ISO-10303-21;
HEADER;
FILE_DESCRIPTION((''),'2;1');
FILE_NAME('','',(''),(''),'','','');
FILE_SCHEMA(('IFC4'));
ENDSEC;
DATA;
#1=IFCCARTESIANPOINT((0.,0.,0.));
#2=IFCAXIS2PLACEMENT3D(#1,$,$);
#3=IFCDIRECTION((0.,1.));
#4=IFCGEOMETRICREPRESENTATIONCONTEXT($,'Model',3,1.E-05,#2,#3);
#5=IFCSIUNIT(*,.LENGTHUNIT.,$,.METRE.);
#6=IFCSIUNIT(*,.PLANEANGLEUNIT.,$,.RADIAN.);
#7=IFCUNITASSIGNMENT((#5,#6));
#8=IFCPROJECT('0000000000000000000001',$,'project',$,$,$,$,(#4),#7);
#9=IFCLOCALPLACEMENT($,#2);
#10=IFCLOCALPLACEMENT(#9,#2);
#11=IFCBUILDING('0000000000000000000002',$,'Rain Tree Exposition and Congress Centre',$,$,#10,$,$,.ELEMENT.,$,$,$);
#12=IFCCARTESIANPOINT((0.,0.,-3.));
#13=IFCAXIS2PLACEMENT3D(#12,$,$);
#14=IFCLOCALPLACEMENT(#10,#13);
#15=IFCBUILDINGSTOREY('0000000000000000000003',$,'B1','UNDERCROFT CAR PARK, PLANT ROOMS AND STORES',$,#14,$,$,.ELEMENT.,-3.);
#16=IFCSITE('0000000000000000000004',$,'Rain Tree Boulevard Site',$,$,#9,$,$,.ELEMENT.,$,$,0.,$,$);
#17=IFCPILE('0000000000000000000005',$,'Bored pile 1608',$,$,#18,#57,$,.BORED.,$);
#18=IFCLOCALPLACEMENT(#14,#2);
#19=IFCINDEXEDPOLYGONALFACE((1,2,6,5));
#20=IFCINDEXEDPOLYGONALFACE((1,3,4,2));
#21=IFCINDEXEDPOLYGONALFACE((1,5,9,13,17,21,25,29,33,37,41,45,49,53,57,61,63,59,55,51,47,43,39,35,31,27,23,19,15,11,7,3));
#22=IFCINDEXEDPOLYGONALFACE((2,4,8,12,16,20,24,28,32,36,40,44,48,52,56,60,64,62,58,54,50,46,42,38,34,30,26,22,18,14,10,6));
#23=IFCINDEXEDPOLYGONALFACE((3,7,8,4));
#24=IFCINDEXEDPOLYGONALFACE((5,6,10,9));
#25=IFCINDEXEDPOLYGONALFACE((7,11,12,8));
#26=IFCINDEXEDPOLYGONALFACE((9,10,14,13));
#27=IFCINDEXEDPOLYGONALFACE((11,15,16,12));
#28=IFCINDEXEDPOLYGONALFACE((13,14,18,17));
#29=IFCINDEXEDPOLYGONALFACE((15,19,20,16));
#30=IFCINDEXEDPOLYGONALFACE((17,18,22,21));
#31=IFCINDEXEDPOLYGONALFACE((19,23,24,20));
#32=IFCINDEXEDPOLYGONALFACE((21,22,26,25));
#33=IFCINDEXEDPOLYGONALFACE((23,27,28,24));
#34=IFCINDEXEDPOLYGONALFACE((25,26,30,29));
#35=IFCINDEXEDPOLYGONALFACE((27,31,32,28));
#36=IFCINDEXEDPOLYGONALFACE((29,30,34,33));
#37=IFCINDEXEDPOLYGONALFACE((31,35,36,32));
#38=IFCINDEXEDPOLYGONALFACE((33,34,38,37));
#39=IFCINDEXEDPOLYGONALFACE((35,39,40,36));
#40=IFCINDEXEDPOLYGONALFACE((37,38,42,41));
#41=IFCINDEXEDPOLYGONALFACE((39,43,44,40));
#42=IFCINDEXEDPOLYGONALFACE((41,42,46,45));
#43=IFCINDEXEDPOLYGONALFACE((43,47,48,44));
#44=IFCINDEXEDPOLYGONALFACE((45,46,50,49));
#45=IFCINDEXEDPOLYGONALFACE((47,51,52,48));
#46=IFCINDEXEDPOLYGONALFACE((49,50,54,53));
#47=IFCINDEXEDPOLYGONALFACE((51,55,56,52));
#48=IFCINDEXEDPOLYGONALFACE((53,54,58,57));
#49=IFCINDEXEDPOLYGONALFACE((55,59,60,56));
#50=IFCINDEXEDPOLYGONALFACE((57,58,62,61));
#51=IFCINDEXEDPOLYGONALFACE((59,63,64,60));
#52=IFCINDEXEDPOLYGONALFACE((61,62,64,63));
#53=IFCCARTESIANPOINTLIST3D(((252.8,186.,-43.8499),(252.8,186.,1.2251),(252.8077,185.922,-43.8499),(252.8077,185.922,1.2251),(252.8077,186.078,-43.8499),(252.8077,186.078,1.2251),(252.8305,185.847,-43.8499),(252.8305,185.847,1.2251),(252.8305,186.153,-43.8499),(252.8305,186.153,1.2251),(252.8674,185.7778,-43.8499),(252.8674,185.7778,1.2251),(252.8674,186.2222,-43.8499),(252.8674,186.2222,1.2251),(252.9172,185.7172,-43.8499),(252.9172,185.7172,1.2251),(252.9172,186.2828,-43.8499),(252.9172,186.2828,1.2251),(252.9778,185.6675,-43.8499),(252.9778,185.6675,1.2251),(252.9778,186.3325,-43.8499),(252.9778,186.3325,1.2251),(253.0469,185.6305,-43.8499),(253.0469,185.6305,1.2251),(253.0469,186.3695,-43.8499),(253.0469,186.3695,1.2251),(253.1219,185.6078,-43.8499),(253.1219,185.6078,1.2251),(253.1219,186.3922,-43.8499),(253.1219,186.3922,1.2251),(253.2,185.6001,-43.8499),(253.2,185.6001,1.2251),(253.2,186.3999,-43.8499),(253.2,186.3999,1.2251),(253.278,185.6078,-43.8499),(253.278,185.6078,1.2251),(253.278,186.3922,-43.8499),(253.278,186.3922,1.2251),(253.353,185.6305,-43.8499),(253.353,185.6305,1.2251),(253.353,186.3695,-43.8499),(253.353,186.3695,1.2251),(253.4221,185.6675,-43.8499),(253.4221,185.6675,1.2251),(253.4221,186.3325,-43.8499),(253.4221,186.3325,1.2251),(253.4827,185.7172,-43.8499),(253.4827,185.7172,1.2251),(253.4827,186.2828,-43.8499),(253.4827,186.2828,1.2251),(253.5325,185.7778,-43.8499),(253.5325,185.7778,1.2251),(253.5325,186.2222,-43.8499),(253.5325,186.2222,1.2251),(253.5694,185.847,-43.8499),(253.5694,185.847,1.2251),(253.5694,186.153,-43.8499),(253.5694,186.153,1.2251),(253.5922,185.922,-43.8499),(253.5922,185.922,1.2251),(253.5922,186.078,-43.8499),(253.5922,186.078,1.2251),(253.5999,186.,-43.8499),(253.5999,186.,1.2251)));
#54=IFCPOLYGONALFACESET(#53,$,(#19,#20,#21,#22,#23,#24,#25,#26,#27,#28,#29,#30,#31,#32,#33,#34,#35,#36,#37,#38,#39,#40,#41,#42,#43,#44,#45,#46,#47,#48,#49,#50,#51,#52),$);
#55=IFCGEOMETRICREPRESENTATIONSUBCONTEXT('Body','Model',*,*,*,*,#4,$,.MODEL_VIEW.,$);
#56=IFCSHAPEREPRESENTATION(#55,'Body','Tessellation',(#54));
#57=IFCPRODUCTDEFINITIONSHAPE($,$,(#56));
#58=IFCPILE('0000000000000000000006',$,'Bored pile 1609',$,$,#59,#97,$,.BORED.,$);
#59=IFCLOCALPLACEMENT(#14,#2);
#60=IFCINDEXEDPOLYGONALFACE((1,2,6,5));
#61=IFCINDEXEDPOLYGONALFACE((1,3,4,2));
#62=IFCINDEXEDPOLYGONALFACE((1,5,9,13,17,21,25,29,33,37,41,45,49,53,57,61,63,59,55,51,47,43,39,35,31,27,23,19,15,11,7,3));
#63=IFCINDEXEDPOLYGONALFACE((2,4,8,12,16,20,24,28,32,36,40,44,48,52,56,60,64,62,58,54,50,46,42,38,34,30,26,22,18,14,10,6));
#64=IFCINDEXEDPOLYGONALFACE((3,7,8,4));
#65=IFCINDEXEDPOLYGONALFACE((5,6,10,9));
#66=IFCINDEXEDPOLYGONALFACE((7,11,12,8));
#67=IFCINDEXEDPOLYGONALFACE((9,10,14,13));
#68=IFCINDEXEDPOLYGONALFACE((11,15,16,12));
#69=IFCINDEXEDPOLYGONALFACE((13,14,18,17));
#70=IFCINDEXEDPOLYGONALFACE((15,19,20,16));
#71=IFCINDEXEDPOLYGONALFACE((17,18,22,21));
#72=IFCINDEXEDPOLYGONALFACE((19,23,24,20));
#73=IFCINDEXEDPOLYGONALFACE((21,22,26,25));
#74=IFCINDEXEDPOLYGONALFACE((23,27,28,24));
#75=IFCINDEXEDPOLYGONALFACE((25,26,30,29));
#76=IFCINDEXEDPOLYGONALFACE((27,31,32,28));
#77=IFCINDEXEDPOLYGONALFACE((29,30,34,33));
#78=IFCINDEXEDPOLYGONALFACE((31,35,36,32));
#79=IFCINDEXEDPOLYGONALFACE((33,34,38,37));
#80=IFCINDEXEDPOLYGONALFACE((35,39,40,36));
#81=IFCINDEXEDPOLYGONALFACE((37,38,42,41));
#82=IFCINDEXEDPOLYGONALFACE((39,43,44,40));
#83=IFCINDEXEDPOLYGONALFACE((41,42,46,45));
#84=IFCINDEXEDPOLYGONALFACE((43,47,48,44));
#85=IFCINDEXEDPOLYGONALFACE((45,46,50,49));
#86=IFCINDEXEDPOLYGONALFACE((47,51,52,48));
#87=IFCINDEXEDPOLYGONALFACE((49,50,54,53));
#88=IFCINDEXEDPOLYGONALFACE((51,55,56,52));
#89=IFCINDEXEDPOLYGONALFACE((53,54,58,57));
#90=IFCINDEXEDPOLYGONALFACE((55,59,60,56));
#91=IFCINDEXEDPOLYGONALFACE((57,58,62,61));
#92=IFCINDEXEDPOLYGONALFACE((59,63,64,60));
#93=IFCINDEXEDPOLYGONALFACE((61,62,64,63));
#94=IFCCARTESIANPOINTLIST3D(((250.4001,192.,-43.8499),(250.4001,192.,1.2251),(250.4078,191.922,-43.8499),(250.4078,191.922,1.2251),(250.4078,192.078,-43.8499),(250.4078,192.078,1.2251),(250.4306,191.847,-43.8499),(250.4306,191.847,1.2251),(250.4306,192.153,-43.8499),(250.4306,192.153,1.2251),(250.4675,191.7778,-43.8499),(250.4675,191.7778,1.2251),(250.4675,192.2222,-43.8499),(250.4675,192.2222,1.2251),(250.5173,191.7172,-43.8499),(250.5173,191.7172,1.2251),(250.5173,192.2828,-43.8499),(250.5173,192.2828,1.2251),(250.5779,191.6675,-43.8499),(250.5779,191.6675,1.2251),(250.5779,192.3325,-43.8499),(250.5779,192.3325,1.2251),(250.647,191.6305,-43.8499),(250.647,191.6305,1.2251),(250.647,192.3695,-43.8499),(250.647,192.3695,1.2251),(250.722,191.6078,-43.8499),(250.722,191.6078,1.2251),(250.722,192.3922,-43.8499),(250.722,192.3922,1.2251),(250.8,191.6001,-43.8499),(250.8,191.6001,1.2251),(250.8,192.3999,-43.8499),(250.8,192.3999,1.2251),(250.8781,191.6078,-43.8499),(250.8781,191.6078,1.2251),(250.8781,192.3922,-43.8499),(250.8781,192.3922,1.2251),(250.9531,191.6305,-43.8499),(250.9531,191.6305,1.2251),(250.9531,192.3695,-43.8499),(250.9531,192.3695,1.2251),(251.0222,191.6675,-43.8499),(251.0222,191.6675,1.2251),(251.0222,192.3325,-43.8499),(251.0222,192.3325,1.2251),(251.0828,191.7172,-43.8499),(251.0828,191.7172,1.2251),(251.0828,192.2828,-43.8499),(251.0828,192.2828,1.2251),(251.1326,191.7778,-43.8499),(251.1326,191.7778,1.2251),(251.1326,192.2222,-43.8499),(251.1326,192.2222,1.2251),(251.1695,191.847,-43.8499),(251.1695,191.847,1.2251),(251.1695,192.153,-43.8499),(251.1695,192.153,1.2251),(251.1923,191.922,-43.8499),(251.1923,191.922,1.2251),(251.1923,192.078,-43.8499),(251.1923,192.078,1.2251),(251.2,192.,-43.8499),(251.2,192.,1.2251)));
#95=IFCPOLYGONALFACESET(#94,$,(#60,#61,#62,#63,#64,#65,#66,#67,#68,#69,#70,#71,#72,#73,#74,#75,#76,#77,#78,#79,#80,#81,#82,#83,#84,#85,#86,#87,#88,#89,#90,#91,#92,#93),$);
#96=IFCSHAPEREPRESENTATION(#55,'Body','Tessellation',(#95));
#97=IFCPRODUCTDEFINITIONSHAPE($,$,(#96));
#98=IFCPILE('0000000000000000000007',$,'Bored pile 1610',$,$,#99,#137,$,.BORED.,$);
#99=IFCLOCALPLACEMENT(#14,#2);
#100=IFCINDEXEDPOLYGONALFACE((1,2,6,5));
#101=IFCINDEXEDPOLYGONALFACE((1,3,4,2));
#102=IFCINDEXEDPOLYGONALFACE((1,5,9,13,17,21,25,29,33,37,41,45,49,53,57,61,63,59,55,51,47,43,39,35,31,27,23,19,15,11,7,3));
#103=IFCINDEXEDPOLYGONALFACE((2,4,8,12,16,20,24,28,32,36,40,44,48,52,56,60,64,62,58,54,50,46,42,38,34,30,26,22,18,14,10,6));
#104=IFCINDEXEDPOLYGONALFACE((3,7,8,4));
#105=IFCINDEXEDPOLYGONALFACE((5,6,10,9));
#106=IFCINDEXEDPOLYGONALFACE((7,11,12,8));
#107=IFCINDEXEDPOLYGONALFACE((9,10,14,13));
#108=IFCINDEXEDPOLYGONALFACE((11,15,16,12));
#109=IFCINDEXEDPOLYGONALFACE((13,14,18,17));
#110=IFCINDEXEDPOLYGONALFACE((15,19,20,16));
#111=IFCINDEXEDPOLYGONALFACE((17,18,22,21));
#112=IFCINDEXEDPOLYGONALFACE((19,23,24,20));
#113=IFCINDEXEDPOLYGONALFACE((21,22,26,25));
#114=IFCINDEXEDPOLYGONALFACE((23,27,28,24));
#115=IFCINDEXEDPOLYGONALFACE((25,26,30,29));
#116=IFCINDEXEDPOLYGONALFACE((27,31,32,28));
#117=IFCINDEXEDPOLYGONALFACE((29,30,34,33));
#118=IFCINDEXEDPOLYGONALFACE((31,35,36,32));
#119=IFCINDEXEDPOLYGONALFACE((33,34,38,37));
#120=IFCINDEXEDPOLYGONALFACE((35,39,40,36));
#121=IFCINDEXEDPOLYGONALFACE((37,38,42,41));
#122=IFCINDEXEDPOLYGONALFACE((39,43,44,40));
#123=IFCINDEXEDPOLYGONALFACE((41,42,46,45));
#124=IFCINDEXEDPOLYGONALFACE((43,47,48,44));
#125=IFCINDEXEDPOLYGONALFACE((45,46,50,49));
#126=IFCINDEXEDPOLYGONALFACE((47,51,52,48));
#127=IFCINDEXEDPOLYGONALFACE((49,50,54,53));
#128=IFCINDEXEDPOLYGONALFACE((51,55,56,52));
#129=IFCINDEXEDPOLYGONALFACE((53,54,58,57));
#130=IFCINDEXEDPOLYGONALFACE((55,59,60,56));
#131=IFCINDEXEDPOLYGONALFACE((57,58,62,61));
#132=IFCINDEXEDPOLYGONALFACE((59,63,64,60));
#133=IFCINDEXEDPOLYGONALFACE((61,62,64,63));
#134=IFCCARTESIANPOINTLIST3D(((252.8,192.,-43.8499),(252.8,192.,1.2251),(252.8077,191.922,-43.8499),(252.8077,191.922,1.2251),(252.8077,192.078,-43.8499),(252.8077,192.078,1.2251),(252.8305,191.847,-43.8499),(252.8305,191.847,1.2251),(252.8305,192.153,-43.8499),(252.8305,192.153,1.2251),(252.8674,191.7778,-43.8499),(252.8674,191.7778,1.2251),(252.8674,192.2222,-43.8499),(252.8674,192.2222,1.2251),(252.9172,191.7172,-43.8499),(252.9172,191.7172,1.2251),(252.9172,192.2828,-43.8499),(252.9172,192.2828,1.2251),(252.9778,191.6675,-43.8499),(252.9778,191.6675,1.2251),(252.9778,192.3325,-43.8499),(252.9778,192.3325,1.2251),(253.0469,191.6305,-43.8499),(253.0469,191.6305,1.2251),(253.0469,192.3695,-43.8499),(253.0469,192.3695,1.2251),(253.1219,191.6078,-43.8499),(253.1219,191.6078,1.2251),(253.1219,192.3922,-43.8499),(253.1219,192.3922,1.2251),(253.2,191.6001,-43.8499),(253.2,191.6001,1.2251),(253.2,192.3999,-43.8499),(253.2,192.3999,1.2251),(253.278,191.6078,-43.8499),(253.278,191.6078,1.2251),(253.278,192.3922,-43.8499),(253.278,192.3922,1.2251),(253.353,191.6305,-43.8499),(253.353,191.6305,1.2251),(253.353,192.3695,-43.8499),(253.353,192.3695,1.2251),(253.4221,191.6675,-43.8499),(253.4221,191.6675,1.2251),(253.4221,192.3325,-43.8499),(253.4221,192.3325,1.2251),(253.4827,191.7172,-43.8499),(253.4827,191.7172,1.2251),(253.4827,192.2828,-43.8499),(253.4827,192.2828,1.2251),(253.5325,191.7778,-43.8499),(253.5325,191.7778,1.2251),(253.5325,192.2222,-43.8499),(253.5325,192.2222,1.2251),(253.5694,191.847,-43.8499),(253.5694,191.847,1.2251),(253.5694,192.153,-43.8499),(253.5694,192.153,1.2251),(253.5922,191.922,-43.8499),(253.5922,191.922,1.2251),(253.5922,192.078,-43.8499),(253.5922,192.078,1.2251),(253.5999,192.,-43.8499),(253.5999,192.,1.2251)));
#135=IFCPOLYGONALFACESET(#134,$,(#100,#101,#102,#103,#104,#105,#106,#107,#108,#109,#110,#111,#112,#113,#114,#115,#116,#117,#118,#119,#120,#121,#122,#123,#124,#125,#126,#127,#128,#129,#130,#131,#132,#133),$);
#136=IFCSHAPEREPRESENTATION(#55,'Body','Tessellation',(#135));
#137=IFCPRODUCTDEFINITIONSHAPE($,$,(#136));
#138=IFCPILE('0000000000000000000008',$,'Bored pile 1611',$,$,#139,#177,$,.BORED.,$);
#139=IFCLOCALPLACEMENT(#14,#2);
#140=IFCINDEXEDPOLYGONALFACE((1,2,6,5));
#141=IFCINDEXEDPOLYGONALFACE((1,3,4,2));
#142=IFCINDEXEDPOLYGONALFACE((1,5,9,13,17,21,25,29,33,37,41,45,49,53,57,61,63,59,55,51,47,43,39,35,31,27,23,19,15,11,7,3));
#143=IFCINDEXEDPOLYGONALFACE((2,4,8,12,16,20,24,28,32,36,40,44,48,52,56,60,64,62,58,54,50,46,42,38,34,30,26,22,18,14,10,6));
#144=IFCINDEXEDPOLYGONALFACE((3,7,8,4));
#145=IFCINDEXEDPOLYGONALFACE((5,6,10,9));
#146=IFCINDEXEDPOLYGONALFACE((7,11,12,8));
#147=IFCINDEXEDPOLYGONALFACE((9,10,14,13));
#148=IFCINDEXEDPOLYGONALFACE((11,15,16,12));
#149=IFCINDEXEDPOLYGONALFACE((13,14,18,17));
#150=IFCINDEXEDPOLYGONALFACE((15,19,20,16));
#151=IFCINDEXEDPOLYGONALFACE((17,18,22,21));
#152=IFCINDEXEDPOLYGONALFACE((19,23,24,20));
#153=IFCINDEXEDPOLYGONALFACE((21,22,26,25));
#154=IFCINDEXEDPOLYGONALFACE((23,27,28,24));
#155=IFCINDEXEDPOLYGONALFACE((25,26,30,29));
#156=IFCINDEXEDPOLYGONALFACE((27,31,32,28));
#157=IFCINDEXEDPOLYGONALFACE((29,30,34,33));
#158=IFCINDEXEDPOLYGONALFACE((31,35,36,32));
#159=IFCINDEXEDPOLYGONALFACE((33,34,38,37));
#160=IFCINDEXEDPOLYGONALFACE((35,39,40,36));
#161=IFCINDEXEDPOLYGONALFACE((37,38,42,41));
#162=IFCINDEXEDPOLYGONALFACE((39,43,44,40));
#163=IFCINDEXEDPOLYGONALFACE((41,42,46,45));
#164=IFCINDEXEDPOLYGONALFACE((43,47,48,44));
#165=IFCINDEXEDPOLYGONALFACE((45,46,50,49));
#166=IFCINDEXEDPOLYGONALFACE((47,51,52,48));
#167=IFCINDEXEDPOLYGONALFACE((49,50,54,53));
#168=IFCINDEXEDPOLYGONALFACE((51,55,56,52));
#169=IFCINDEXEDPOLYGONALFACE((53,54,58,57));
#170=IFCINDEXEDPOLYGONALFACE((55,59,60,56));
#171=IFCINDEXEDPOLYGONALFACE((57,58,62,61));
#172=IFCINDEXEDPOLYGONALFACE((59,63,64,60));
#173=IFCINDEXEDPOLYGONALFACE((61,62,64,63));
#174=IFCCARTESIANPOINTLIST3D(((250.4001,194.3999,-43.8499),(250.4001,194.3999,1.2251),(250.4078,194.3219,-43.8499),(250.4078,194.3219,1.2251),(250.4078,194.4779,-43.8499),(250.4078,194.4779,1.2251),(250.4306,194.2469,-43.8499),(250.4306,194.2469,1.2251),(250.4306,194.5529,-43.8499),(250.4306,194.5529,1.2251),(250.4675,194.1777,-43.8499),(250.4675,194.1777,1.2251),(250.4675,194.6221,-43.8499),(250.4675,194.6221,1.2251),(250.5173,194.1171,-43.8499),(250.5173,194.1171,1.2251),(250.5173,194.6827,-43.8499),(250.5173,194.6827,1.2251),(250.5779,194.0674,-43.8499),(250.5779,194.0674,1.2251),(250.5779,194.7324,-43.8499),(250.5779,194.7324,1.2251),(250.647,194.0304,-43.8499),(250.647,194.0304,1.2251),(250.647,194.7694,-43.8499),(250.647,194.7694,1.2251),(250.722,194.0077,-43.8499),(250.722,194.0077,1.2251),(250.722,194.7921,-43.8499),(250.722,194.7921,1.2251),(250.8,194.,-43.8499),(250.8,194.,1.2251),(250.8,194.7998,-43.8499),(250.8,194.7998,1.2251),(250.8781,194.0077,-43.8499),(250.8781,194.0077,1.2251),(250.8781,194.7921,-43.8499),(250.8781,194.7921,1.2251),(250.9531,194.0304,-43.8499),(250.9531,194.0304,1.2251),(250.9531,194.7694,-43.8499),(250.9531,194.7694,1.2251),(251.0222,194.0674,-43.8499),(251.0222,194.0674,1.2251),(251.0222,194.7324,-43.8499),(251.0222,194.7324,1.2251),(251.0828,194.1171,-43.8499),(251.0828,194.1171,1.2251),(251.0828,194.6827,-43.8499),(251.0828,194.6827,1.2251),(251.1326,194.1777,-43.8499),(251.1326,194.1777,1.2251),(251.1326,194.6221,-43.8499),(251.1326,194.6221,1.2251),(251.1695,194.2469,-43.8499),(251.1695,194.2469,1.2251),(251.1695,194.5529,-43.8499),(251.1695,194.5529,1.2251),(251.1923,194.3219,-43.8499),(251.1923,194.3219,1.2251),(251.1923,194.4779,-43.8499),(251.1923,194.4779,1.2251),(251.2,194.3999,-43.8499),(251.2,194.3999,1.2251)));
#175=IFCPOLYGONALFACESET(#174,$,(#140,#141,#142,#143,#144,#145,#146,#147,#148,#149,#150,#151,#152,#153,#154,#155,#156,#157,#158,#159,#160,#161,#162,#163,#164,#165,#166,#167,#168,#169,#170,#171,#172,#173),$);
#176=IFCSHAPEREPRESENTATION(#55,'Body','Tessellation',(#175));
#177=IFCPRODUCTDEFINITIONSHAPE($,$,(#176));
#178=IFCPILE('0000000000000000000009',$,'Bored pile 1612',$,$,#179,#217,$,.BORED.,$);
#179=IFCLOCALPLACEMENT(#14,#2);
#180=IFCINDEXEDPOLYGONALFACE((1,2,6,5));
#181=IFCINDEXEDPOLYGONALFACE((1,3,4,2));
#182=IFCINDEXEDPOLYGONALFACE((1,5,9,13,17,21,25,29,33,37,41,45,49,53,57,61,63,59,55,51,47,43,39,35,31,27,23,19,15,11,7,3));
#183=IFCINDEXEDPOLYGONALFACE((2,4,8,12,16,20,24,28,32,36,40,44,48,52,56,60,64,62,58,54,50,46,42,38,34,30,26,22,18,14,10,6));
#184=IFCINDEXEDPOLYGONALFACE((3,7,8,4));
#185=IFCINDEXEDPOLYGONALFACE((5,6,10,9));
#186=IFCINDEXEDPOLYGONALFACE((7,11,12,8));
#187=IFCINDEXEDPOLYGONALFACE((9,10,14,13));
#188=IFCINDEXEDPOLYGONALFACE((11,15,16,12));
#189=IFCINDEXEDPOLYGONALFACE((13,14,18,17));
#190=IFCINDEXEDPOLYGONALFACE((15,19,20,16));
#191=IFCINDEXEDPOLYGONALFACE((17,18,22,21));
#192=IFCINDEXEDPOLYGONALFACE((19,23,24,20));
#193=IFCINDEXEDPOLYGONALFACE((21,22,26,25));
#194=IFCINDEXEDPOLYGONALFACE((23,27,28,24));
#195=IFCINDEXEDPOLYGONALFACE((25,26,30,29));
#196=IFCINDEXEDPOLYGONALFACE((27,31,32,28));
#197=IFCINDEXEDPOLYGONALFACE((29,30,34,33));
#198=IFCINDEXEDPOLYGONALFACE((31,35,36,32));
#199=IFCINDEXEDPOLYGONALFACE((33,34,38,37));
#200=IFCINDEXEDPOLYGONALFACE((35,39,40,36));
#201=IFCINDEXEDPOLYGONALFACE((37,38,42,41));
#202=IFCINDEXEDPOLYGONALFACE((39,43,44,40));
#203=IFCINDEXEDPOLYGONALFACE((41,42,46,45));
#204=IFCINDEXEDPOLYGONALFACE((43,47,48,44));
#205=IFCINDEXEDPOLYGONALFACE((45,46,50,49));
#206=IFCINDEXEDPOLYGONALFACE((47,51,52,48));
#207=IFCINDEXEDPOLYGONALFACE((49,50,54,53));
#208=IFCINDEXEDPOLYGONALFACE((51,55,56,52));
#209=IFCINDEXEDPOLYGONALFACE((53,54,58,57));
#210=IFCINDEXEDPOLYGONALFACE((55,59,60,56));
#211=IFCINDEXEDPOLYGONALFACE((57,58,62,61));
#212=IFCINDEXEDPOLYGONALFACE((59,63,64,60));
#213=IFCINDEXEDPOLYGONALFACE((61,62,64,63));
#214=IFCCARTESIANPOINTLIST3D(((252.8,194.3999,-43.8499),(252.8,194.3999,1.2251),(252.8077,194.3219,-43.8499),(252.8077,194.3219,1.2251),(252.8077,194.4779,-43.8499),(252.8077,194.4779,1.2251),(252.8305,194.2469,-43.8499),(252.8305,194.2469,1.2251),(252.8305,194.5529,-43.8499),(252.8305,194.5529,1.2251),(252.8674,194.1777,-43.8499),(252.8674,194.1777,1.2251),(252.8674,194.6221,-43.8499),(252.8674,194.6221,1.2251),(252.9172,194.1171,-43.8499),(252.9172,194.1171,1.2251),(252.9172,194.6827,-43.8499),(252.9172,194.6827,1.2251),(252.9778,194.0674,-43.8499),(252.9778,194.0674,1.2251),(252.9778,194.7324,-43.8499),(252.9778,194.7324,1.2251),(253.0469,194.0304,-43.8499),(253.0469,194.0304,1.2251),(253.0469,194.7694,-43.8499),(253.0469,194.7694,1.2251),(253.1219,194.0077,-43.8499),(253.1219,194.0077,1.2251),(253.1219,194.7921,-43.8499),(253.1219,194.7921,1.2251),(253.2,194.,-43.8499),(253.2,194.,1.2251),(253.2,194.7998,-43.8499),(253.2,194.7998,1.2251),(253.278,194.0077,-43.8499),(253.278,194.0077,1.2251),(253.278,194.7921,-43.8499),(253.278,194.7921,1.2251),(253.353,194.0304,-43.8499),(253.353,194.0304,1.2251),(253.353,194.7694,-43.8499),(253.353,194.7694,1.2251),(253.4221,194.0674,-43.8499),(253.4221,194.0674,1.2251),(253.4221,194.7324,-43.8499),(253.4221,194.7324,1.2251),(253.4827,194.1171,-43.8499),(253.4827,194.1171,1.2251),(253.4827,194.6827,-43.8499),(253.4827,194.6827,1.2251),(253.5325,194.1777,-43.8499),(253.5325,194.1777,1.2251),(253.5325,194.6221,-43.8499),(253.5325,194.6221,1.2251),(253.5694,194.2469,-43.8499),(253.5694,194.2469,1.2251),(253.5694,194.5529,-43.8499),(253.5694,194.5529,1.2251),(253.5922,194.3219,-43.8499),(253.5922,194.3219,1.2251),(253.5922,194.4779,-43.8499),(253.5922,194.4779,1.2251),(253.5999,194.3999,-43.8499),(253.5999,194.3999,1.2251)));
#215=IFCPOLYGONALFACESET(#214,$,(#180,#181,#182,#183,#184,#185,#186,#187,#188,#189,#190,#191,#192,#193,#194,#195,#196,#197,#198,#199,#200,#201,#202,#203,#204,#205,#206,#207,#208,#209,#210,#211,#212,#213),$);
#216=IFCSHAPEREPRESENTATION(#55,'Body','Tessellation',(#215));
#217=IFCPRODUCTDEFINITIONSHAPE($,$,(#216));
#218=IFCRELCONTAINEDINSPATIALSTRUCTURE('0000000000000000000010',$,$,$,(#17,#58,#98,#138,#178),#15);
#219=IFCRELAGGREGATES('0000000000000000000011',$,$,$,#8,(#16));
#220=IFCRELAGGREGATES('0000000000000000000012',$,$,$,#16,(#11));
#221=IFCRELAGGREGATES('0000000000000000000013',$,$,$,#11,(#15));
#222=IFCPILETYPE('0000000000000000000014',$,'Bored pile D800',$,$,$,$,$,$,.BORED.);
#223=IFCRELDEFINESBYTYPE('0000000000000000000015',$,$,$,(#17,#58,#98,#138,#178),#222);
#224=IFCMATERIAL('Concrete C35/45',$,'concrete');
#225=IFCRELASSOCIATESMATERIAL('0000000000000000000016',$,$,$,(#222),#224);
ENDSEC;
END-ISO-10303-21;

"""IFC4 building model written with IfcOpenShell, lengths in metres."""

from ifc_helpers import new_model, si_unit, direction, frame, origin, origin_2d, place, context, subcontext, project, spatial, circle, extrude, material, material_profile, profile_set, type_object, element, save


model = new_model("IFC4")

# Units and contexts
model_context = context("Model", 3, precision=1e-05, world=origin(), true_north=direction((0.0, 1.0)))
body_context = subcontext(model_context, "Body", "Model", "MODEL_VIEW")
ifc_project = project(units=[si_unit("LENGTHUNIT", "METRE"), si_unit("PLANEANGLEUNIT", "RADIAN")], contexts=[model_context])

# Site, building, storey
site_placement = place(None, origin())
site = spatial("IfcSite", under=ifc_project, at=site_placement, Name="Rain Tree Boulevard Site", CompositionType="ELEMENT", RefElevation=0.0)
building_placement = place(site_placement, origin())
building = spatial("IfcBuilding", under=site, at=building_placement, Name="Rain Tree Exposition and Congress Centre", CompositionType="ELEMENT")
storey_placement = place(building_placement, frame((0.0, 0.0, -3.0)))
storey = spatial("IfcBuildingStorey", under=building, at=storey_placement, Name="B1", Description="UNDERCROFT CAR PARK, PLANT ROOMS AND STORES", CompositionType="ELEMENT", Elevation=-3.0)

# Piles
ifc_material_1 = material(Name="Concrete C35/45", Category="concrete")
ifc_material_profile_1 = material_profile(ifc_material_1, circle(Radius=0.3999, at=origin_2d()), Name="D800")
ifc_profile_set_1 = profile_set([ifc_material_profile_1], Name="Concrete C35/45")
pile_type_1 = type_object("IfcPileType", Name="Bored pile D800", PredefinedType="BORED", material=ifc_profile_set_1)
for number, where, z_axis, x_axis, name in (
    (1, (253.2, 186.0, 1.2251), (0.0, 0.0, -1.0), (1.0, 0.0, 0.0), "Bored pile 1608"),
    (2, (250.8, 192.0, 1.2251), (0.0, 0.0, -1.0), (1.0, 0.0, 0.0), "Bored pile 1609"),
    (3, (253.2, 192.0, 1.2251), (0.0, 0.0, -1.0), (1.0, 0.0, 0.0), "Bored pile 1610"),
    (4, (250.8, 194.3999, 1.2251), (0.0, 0.0, -1.0), (1.0, 0.0, 0.0), "Bored pile 1611"),
    (5, (253.2, 194.3999, 1.2251), (0.0, 0.0, -1.0), (1.0, 0.0, 0.0), "Bored pile 1612"),
):
    element("IfcPile", number, at=place(storey_placement, frame(where, z_axis=z_axis, x_axis=x_axis)), inside=storey, type_object=pile_type_1, Name=name, PredefinedType="BORED", context=body_context, shape_type="SweptSolid", body=[
        extrude(circle(Radius=0.3999, at=origin_2d()), origin(), (0.0, 0.0, 1.0), 45.075),
    ])

save(model, "model.ifc")
